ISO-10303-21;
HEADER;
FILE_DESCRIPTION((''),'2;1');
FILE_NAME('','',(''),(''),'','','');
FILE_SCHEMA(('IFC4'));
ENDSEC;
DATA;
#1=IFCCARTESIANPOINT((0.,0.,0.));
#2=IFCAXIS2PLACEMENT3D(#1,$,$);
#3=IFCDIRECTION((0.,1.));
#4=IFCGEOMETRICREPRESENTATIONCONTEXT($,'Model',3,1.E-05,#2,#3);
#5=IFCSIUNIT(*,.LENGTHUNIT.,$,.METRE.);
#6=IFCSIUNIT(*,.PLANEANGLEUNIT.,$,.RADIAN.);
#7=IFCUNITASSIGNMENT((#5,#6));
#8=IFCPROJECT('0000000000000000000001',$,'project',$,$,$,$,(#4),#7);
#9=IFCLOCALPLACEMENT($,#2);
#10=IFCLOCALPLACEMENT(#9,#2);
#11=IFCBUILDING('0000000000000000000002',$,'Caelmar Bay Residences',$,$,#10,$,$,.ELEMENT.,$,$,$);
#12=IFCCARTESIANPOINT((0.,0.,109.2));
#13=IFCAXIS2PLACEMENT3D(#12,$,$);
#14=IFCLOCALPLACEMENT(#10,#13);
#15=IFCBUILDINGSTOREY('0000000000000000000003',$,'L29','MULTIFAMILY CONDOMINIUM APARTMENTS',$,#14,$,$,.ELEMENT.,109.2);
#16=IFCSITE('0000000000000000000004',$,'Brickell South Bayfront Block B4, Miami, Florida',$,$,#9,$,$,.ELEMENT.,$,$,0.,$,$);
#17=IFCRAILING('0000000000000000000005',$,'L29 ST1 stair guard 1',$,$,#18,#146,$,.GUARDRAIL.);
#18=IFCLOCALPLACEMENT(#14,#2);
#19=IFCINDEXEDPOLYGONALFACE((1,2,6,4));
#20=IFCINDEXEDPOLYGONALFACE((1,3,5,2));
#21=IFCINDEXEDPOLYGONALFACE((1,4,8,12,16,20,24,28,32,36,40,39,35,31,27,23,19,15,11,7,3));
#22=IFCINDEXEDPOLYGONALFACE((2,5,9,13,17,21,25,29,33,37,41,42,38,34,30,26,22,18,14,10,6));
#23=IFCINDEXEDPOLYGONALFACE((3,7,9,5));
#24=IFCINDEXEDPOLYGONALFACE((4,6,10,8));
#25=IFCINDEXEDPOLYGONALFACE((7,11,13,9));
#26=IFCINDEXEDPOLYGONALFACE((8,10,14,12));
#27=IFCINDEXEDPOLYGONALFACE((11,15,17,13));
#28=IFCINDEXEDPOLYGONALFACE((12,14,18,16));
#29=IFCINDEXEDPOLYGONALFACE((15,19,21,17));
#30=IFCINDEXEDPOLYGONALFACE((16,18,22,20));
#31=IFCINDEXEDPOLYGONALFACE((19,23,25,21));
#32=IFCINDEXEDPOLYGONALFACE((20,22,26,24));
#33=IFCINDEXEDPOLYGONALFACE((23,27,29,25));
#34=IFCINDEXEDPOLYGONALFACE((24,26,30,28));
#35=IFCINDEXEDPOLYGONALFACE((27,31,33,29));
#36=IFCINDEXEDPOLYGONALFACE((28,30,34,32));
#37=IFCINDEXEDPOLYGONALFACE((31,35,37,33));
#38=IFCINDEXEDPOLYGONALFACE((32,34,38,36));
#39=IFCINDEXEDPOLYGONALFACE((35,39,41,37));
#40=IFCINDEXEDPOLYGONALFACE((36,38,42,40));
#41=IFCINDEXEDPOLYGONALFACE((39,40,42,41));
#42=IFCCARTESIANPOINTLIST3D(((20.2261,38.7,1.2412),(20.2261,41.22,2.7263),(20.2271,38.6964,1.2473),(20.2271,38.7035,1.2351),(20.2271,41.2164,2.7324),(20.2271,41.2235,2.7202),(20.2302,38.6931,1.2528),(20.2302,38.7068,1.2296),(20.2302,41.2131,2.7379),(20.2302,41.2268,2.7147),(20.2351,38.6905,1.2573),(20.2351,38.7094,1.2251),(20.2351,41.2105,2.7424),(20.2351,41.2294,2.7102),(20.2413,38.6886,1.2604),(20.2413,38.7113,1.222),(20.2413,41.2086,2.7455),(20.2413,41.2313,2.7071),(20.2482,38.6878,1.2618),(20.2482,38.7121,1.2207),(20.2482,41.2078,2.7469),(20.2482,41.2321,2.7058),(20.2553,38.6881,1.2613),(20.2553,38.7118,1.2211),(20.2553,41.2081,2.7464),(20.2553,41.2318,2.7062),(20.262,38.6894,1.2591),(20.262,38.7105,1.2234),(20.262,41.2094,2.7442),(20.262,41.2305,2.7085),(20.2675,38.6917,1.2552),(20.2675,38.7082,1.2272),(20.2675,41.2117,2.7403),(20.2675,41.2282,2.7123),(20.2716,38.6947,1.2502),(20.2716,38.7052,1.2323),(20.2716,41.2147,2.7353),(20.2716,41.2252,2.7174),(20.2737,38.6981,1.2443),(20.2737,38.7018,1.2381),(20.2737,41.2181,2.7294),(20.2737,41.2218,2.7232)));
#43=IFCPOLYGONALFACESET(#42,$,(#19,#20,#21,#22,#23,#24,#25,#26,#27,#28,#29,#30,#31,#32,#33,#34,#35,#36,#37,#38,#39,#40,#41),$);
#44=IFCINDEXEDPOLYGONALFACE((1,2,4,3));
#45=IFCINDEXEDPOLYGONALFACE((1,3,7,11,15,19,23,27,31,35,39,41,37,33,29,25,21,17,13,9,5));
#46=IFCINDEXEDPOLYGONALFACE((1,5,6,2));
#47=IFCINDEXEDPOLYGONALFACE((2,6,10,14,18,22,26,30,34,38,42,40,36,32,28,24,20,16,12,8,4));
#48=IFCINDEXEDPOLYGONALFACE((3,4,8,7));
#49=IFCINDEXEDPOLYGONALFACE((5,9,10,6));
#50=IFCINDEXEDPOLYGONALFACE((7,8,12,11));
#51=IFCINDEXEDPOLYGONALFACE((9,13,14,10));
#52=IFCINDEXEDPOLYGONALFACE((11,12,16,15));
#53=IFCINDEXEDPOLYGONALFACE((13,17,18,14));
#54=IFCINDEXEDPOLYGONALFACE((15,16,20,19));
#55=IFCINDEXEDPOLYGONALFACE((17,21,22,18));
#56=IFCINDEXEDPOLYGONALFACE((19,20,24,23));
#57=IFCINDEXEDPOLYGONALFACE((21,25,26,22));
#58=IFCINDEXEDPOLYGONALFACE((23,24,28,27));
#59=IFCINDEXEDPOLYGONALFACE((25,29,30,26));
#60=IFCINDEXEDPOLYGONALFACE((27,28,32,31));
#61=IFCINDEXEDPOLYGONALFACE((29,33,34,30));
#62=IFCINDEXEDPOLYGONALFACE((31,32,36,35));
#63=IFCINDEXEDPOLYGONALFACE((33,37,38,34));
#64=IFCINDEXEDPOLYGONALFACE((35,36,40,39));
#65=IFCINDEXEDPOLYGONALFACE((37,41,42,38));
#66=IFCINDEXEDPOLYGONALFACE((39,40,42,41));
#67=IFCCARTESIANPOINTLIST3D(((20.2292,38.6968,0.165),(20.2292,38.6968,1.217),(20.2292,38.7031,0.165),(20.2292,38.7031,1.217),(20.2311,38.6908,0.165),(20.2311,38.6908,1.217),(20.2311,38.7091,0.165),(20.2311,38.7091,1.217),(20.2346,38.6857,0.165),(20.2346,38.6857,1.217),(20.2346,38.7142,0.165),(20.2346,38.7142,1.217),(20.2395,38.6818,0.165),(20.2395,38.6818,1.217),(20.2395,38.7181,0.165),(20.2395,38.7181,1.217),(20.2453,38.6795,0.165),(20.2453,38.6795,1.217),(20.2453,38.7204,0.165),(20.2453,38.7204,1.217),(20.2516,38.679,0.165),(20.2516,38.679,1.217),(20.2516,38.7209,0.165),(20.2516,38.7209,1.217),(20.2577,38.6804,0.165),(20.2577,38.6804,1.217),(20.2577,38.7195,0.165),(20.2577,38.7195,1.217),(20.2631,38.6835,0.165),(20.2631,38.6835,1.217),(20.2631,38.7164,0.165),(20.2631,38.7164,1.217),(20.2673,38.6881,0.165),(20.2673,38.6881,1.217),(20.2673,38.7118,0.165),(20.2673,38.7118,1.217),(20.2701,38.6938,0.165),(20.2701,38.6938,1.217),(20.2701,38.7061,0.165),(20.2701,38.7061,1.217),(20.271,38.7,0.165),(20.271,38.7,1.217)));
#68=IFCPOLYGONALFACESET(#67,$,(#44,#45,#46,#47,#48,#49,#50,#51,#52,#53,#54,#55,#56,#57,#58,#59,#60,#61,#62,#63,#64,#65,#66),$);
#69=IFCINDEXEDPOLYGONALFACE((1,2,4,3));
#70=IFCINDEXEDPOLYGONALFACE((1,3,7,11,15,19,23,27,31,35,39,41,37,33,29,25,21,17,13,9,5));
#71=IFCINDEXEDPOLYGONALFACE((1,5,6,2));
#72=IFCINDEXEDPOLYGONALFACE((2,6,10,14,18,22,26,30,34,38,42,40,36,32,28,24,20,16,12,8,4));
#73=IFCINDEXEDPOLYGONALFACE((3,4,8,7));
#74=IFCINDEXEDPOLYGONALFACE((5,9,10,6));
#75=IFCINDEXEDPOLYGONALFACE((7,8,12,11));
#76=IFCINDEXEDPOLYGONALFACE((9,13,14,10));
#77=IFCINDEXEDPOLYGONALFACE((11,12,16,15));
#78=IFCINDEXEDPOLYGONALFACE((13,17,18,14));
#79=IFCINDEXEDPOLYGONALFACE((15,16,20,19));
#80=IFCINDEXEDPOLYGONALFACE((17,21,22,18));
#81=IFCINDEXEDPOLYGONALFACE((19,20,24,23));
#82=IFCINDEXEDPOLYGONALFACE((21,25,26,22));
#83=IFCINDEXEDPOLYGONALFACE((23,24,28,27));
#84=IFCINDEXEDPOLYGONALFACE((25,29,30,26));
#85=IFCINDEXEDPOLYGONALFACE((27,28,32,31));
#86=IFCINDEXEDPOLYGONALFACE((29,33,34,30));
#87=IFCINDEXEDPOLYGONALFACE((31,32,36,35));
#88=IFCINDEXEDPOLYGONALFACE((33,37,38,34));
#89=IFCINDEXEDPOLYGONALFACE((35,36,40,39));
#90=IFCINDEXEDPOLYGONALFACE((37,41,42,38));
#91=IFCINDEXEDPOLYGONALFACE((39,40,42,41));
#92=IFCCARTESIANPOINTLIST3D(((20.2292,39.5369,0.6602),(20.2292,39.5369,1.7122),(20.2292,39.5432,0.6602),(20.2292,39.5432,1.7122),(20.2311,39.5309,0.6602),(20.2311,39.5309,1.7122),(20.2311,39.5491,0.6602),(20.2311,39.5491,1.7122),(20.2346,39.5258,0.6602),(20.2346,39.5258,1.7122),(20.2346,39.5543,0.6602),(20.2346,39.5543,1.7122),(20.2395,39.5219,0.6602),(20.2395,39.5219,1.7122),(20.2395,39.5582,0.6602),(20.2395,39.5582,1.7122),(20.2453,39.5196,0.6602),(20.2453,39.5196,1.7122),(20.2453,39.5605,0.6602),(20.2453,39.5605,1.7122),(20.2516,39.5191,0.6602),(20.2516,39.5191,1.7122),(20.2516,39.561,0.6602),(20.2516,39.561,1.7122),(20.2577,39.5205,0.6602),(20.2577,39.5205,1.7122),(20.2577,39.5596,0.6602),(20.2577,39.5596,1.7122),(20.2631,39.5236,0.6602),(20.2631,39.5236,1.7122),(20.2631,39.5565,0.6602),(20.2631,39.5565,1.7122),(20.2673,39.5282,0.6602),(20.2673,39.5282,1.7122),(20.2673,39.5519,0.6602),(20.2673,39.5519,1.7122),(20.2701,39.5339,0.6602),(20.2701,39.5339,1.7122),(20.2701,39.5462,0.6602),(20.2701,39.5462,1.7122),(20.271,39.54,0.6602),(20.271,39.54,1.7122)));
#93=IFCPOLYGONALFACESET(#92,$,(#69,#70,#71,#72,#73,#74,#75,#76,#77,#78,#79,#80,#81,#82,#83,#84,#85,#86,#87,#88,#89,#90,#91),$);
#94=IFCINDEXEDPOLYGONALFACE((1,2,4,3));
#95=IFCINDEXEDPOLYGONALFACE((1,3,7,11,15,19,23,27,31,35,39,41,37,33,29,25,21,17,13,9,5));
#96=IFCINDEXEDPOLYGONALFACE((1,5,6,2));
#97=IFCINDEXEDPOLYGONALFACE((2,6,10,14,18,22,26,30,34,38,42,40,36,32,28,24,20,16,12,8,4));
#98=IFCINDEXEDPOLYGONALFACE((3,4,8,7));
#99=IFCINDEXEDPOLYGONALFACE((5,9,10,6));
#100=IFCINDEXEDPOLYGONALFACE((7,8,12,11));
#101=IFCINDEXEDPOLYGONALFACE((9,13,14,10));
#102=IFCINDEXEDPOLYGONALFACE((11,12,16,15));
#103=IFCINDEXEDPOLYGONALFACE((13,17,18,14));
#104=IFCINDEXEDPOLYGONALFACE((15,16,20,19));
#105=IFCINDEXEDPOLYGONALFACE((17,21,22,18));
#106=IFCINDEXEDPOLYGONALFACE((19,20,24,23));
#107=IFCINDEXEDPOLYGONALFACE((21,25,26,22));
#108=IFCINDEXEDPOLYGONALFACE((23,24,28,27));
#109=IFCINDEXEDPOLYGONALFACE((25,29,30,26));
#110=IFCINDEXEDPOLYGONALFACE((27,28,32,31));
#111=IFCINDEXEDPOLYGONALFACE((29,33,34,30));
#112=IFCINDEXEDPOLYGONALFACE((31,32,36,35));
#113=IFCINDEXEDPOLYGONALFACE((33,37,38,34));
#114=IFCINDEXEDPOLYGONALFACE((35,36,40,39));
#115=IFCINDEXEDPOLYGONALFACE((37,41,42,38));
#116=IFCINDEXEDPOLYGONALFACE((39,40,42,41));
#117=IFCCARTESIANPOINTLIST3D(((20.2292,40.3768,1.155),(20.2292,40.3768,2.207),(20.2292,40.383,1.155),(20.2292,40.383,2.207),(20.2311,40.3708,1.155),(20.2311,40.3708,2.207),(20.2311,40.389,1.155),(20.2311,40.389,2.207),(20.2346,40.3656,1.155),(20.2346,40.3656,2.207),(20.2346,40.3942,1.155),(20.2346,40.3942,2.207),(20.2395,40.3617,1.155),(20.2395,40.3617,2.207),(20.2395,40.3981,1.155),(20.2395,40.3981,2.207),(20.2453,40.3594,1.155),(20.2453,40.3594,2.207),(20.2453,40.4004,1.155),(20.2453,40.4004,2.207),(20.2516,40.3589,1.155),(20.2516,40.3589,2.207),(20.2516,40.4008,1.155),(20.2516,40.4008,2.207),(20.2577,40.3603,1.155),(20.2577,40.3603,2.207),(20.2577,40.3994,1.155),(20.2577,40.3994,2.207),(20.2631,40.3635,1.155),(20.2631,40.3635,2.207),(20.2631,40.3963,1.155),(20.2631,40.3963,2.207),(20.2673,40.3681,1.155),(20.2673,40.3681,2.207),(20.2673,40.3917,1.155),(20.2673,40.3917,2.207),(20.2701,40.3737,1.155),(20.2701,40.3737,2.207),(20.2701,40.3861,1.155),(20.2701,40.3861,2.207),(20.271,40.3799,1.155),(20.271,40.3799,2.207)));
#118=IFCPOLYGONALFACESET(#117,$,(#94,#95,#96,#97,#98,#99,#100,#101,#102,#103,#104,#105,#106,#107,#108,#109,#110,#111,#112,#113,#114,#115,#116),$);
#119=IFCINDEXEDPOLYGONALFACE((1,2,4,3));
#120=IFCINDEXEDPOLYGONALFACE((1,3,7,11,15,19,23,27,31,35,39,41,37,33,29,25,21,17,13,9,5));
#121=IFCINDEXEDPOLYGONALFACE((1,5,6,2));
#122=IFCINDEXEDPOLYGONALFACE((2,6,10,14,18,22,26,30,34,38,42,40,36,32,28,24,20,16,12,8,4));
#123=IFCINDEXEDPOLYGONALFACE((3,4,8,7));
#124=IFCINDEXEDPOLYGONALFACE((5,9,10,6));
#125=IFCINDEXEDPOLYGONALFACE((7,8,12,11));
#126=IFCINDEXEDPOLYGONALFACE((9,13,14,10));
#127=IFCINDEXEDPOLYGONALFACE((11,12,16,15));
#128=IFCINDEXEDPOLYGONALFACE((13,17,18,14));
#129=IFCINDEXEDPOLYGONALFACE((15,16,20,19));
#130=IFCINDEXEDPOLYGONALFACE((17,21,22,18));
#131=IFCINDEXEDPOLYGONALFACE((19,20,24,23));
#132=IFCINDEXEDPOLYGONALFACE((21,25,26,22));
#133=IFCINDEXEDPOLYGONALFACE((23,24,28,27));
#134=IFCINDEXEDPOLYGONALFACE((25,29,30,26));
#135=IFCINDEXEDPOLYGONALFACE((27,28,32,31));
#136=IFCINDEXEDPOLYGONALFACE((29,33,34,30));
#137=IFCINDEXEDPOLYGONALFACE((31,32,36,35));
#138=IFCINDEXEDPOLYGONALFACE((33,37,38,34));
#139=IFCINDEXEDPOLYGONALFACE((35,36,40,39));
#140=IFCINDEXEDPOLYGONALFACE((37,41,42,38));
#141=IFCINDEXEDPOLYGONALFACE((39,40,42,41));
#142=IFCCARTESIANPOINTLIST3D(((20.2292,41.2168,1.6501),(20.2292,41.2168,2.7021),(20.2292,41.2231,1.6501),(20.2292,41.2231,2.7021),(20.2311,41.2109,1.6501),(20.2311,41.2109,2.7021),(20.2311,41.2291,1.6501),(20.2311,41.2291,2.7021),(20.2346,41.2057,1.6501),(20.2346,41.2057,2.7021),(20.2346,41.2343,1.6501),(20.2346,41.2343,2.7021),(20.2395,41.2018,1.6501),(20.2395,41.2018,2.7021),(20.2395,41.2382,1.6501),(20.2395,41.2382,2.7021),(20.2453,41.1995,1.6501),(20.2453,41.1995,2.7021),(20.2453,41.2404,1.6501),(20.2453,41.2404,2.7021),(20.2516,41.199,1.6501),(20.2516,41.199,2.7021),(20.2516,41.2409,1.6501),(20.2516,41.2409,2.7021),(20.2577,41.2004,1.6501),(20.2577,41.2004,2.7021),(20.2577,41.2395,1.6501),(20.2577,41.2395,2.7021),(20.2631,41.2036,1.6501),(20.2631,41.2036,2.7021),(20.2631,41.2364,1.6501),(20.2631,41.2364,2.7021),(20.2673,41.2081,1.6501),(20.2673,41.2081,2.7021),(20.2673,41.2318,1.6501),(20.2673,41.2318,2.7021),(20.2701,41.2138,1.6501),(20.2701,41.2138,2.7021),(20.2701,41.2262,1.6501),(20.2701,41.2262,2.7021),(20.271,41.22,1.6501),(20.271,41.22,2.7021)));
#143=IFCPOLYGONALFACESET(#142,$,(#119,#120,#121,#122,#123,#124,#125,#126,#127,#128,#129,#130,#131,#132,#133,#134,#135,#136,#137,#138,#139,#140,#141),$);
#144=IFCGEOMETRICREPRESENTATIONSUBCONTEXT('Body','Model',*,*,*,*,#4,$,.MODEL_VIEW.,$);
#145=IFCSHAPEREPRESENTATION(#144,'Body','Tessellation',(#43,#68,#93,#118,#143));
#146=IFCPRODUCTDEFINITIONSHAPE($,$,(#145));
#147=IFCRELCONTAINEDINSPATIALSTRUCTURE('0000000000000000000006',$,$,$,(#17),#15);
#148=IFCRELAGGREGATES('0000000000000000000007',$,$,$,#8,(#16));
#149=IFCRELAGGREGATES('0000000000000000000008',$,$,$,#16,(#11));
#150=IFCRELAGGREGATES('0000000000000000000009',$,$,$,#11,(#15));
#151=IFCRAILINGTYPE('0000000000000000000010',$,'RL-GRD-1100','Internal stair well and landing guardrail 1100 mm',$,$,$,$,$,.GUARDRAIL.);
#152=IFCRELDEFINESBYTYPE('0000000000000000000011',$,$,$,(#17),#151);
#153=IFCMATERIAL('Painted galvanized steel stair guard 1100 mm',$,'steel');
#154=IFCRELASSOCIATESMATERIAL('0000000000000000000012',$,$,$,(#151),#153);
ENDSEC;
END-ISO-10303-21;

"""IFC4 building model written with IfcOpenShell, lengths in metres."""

from ifc_helpers import new_model, si_unit, direction, frame, origin, origin_2d, place, context, subcontext, project, spatial, circle, extrude, material, type_object, element, save


model = new_model("IFC4")

# Units and contexts
model_context = context("Model", 3, precision=1e-05, world=origin(), true_north=direction((0.0, 1.0)))
body_context = subcontext(model_context, "Body", "Model", "MODEL_VIEW")
ifc_project = project(units=[si_unit("LENGTHUNIT", "METRE"), si_unit("PLANEANGLEUNIT", "RADIAN")], contexts=[model_context])

# Site, building, storey
site_placement = place(None, origin())
site = spatial("IfcSite", under=ifc_project, at=site_placement, Name="Brickell South Bayfront Block B4, Miami, Florida", CompositionType="ELEMENT", RefElevation=0.0)
building_placement = place(site_placement, origin())
building = spatial("IfcBuilding", under=site, at=building_placement, Name="Caelmar Bay Residences", CompositionType="ELEMENT")
storey_placement = place(building_placement, frame((0.0, 0.0, 109.2)))
storey = spatial("IfcBuildingStorey", under=building, at=storey_placement, Name="L29", Description="MULTIFAMILY CONDOMINIUM APARTMENTS", CompositionType="ELEMENT", Elevation=109.2)

# Railing
ifc_material_1 = material(Name="Painted galvanized steel stair guard 1100 mm", Category="steel")
railing_type_1 = type_object("IfcRailingType", Name="RL-GRD-1100", Description="Internal stair well and landing guardrail 1100 mm", PredefinedType="GUARDRAIL", material=ifc_material_1)
railing_1_placement = place(storey_placement, frame((20.25, 38.7, 0.165)))
element("IfcRailing", 1, at=railing_1_placement, inside=storey, type_object=railing_type_1, Name="L29 ST1 stair guard 1", PredefinedType="GUARDRAIL", context=body_context, shape_type="SweptSolid", body=[
    extrude(circle(Radius=0.0239, at=origin_2d()), frame((0.0, 0.0, 1.0762), z_axis=(0.0, 0.861524, 0.507717), x_axis=(-1.0, 0.0, 0.0)), (0.0, 0.0, 1.0), 2.925),
    extrude(circle(Radius=0.021, at=origin_2d()), origin(), (0.0, 0.0, 1.0), 1.052),
    extrude(circle(Radius=0.021, at=origin_2d()), frame((0.0, 0.8401, 0.4951)), (0.0, 0.0, 1.0), 1.052),
    extrude(circle(Radius=0.021, at=origin_2d()), frame((0.0, 1.6799, 0.99)), (0.0, 0.0, 1.0), 1.052),
    extrude(circle(Radius=0.021, at=origin_2d()), frame((0.0, 2.52, 1.4851)), (0.0, 0.0, 1.0), 1.052),
])

save(model, "model.ifc")
